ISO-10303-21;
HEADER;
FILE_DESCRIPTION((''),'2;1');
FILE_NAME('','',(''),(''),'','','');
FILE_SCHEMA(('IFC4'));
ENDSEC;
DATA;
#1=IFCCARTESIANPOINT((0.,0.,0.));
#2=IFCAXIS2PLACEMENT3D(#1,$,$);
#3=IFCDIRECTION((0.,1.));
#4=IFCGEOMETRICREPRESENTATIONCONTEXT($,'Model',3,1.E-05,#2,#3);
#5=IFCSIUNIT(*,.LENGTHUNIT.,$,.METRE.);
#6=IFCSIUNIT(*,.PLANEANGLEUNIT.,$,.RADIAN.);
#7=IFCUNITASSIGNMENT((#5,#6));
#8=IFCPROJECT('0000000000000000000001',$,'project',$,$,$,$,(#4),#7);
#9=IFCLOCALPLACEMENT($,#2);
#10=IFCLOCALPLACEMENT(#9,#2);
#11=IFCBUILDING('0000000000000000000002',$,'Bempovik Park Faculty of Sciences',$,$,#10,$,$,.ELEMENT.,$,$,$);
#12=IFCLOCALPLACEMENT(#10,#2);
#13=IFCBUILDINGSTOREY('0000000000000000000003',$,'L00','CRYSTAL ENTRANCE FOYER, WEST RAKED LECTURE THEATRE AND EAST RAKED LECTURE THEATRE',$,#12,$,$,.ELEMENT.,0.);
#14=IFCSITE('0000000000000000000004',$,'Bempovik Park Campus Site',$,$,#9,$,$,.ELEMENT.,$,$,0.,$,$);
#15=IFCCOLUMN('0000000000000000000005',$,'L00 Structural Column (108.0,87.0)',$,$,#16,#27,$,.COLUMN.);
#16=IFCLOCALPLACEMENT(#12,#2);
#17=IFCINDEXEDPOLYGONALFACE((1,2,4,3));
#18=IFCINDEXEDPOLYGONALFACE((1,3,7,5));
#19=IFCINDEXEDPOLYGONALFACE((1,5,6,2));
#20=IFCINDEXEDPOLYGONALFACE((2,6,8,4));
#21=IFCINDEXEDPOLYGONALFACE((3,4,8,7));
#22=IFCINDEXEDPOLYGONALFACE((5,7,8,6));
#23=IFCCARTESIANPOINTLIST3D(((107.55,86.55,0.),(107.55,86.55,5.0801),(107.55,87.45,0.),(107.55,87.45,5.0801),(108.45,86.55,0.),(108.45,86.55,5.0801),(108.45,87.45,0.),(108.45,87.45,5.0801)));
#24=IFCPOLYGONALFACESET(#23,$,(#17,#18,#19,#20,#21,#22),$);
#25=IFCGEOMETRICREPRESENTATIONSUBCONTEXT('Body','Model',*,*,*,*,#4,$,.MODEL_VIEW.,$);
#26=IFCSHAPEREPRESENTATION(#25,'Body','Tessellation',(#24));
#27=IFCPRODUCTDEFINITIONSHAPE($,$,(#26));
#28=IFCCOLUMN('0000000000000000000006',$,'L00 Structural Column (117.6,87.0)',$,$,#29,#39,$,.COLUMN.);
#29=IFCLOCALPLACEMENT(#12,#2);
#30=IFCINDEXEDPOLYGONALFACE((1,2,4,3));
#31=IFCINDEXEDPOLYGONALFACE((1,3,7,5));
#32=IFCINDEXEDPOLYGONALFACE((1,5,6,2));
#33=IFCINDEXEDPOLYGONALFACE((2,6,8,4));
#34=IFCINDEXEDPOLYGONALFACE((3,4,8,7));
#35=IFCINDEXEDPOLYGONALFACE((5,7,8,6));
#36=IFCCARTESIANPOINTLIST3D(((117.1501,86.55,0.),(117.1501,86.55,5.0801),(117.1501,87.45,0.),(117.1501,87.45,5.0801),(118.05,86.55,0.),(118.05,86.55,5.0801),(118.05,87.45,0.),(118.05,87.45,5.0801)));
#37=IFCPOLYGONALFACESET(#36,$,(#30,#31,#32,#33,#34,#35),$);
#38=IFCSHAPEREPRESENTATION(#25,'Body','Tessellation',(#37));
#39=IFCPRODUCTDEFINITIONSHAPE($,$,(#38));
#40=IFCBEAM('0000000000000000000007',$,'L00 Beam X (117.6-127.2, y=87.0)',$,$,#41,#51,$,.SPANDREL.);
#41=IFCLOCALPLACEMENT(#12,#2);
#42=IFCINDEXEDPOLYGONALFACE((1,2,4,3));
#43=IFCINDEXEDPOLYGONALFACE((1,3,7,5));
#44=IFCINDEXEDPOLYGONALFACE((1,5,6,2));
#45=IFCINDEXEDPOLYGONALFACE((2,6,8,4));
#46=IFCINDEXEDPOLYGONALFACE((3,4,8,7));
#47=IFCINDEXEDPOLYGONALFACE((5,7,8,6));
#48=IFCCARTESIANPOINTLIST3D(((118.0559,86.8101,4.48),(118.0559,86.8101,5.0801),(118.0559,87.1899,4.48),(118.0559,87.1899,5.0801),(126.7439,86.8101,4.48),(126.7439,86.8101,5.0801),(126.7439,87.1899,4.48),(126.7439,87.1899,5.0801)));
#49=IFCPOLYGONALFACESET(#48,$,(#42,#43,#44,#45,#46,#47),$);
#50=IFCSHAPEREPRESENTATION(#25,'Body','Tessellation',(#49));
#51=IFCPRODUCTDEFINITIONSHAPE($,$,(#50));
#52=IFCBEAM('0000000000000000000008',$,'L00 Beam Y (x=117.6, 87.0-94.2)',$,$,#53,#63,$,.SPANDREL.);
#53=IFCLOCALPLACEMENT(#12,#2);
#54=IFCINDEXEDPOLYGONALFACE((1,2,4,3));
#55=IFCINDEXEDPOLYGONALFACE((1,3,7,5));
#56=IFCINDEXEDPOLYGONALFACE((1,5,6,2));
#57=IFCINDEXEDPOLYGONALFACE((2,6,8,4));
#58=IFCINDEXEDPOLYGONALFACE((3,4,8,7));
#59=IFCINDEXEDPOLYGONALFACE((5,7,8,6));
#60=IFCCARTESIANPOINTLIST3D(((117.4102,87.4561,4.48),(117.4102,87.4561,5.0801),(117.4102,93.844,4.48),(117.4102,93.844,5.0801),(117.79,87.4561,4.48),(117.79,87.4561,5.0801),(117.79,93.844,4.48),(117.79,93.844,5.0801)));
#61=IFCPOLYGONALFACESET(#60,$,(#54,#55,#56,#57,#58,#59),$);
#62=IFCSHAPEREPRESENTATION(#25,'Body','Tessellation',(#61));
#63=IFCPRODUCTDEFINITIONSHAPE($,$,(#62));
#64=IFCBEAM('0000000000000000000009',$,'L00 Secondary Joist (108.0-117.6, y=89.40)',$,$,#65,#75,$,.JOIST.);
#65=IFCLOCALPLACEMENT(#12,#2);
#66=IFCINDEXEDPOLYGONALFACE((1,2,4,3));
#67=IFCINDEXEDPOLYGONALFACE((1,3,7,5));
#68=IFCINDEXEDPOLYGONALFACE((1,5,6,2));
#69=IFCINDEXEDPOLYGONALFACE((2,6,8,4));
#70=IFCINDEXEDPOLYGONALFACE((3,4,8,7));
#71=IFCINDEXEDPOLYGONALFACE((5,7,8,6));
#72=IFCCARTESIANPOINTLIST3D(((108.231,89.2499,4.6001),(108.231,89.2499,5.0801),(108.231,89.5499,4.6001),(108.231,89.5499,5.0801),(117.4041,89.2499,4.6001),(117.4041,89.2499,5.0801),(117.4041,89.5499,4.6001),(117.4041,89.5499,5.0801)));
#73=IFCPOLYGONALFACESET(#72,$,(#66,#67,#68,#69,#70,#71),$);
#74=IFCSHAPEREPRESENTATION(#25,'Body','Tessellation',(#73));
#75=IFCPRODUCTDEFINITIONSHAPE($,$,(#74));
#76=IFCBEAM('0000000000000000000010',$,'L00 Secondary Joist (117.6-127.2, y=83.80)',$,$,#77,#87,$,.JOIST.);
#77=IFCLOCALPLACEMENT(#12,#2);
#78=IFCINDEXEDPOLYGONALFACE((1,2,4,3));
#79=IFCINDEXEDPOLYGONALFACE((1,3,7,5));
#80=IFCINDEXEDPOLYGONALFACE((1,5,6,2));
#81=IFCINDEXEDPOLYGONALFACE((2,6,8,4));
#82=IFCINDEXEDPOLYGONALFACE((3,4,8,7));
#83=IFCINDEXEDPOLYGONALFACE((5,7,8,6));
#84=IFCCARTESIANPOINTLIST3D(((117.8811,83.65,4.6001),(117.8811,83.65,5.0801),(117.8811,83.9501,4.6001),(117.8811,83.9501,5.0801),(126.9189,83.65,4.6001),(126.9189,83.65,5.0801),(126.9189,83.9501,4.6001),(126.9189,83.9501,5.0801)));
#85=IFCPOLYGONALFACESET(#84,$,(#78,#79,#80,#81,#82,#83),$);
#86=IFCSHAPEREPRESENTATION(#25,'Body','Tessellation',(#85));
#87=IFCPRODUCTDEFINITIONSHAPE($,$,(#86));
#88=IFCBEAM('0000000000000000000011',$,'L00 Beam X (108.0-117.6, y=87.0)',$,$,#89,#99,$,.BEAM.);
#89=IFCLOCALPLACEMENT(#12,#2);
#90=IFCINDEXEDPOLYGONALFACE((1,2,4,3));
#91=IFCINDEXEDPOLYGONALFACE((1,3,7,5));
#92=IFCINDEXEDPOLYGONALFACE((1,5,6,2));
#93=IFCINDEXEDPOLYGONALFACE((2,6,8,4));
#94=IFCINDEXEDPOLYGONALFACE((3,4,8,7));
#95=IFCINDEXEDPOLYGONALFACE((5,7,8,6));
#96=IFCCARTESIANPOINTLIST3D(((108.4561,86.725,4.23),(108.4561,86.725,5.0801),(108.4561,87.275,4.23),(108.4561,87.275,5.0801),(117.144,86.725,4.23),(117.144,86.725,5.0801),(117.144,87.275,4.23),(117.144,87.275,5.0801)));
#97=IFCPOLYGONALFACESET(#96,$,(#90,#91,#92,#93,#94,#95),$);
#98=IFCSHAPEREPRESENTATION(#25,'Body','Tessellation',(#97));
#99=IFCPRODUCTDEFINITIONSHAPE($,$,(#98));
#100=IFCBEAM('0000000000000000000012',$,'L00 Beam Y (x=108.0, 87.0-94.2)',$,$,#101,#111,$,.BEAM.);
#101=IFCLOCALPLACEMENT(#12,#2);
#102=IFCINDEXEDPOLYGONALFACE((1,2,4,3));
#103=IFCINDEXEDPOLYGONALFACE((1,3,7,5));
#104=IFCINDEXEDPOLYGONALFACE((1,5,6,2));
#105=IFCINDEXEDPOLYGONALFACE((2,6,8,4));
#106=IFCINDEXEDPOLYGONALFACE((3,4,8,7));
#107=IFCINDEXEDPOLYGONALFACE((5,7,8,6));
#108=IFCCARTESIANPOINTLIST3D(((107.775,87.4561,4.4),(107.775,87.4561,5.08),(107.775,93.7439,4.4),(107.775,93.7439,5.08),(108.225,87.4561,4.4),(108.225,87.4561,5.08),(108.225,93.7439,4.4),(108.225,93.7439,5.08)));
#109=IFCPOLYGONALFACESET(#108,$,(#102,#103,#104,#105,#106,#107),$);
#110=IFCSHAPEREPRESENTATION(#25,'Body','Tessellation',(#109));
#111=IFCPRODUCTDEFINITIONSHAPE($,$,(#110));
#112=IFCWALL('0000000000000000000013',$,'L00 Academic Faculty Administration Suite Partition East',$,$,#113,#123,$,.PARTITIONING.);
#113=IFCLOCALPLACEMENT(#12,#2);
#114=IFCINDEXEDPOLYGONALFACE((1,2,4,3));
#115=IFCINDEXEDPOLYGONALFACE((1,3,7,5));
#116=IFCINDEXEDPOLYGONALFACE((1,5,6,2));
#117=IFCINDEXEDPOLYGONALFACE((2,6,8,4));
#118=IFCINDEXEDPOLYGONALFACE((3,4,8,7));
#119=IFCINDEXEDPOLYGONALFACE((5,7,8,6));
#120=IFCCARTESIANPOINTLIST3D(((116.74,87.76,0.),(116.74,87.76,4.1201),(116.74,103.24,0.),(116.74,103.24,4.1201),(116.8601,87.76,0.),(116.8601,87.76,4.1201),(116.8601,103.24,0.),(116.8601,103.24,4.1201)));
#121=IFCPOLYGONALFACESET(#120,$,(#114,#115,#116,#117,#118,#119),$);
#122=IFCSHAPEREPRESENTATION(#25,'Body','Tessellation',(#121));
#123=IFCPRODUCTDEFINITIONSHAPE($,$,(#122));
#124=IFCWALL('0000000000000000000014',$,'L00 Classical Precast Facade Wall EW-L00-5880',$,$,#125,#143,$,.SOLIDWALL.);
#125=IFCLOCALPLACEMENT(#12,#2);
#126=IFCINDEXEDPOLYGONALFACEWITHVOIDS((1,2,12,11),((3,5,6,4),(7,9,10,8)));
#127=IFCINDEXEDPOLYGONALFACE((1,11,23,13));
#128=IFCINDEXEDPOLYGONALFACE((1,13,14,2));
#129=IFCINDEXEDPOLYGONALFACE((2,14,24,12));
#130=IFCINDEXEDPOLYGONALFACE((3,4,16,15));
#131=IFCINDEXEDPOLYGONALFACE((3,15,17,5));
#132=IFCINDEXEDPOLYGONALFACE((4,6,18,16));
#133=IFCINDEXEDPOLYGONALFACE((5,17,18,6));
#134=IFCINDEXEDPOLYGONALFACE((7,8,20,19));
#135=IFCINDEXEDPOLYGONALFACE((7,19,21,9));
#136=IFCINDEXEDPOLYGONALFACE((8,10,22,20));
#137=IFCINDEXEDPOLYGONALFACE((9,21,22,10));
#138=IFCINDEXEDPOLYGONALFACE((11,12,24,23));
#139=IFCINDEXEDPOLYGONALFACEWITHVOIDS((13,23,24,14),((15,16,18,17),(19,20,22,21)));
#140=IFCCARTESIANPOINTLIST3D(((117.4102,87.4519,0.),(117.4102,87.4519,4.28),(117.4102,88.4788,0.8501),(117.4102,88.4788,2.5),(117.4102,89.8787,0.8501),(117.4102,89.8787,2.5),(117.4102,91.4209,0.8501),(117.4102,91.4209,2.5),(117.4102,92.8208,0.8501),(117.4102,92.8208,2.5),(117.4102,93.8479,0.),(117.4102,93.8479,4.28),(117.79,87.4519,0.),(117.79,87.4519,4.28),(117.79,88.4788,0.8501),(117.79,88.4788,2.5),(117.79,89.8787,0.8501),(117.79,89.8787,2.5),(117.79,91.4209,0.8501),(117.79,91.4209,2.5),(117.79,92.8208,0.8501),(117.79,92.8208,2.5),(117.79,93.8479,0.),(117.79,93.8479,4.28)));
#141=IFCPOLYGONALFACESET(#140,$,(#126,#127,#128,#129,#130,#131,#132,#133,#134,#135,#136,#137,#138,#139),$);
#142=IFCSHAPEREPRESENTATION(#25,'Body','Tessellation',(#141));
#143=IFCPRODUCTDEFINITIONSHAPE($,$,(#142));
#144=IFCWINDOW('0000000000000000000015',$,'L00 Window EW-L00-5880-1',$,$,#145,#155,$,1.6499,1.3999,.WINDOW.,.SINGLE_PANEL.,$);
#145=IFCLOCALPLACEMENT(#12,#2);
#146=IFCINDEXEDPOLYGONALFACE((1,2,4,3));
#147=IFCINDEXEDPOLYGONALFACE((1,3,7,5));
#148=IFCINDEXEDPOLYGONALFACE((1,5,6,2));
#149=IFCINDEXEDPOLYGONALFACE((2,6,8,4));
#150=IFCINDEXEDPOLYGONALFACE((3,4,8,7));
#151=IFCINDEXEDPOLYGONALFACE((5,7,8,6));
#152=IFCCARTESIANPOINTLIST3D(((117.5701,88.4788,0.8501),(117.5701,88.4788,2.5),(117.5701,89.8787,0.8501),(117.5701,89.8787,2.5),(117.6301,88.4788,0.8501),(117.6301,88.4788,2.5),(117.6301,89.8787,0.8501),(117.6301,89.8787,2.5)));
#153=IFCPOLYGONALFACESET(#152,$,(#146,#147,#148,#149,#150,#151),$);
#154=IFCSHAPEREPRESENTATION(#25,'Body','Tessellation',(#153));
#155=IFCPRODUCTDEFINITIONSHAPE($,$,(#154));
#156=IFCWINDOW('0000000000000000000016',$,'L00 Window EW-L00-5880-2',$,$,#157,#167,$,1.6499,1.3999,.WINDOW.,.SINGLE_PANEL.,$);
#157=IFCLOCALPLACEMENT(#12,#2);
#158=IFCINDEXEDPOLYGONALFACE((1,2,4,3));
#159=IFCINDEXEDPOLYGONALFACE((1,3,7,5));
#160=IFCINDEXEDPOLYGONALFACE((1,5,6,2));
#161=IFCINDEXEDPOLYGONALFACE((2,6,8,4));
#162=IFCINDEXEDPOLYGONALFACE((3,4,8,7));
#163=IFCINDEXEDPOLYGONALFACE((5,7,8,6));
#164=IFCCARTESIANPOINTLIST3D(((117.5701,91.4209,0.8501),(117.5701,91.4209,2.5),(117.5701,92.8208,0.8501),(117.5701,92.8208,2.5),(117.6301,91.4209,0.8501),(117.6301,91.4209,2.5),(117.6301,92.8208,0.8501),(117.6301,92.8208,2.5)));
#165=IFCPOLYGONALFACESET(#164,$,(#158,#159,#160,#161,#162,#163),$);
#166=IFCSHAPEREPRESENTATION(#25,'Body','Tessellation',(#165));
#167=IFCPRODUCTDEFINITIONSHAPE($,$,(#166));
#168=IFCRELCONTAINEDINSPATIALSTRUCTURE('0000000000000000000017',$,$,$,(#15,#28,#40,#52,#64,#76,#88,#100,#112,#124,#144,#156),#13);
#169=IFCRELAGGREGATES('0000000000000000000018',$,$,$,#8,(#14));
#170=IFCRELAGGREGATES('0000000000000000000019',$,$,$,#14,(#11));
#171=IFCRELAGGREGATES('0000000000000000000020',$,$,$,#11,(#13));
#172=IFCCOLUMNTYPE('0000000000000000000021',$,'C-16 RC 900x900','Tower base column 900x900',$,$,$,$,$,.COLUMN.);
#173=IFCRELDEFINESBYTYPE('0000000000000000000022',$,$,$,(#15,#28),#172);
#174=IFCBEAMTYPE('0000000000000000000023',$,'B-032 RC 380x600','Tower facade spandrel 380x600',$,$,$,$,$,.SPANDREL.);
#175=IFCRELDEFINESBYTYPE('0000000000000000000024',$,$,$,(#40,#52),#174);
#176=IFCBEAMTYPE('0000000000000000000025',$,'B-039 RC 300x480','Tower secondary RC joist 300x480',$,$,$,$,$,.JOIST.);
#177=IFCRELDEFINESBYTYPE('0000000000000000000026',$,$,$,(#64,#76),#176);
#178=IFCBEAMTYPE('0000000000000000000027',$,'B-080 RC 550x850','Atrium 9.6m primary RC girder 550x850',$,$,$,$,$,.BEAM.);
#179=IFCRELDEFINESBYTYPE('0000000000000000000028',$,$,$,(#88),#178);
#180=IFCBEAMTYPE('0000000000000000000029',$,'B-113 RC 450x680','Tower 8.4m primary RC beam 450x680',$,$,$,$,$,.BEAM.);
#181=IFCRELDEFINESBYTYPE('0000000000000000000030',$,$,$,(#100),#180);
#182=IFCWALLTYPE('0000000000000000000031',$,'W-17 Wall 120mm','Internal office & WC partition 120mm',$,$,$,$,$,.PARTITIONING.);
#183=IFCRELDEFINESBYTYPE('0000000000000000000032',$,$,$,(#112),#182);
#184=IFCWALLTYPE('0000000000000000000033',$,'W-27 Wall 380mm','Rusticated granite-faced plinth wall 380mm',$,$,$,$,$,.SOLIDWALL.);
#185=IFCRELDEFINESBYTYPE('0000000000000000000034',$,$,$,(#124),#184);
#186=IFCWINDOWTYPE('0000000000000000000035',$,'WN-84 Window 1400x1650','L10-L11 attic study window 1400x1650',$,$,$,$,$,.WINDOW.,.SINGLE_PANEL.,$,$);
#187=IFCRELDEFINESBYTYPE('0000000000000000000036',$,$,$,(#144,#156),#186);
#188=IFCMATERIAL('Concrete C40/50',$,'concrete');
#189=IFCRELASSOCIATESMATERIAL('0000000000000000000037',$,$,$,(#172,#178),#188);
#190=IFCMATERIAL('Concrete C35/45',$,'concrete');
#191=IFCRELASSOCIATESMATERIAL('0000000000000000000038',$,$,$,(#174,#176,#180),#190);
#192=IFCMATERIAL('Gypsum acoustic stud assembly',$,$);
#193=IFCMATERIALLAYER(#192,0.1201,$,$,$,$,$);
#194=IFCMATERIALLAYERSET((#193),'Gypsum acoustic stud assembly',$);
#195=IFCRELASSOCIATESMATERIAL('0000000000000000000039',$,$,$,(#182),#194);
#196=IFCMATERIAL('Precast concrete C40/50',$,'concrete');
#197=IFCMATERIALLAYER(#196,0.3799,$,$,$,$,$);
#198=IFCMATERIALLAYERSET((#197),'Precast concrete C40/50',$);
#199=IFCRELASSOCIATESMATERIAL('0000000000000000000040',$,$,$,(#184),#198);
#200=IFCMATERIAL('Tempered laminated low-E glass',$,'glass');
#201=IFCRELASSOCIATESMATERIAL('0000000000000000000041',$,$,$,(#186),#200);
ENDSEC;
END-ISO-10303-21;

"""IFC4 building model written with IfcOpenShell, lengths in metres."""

from ifc_helpers import new_model, si_unit, direction, frame, frame_2d, origin, origin_2d, place, context, subcontext, project, spatial, rectangle, extrude, material, layer, layer_set, material_profile, profile_set, type_object, element, fill, save


model = new_model("IFC4")

# Units and contexts
model_context = context("Model", 3, precision=1e-05, world=origin(), true_north=direction((0.0, 1.0)))
body_context = subcontext(model_context, "Body", "Model", "MODEL_VIEW")
ifc_project = project(units=[si_unit("LENGTHUNIT", "METRE"), si_unit("PLANEANGLEUNIT", "RADIAN")], contexts=[model_context])

# Site, building, storey
site_placement = place(None, origin())
site = spatial("IfcSite", under=ifc_project, at=site_placement, Name="Bempovik Park Campus Site", CompositionType="ELEMENT", RefElevation=0.0)
building_placement = place(site_placement, origin())
building = spatial("IfcBuilding", under=site, at=building_placement, Name="Bempovik Park Faculty of Sciences", CompositionType="ELEMENT")
storey_placement = place(building_placement, origin())
storey = spatial("IfcBuildingStorey", under=building, at=storey_placement, Name="L00", Description="CRYSTAL ENTRANCE FOYER, WEST RAKED LECTURE THEATRE AND EAST RAKED LECTURE THEATRE", CompositionType="ELEMENT", Elevation=0.0)

# Columns
ifc_material_1 = material(Name="Concrete C40/50", Category="concrete")
ifc_material_profile_1 = material_profile(ifc_material_1, rectangle(XDim=0.8999, YDim=0.8999, at=origin_2d()), Name="RC 900x900")
ifc_profile_set_1 = profile_set([ifc_material_profile_1], Name="Concrete C40/50")
column_type = type_object("IfcColumnType", Name="C-16 RC 900x900", Description="Tower base column 900x900", PredefinedType="COLUMN", material=ifc_profile_set_1)
for number, where, z_axis, x_axis, name in (
    (1, (108.0, 87.0, 0.0), (0.0, 0.0, 1.0), (1.0, 0.0, 0.0), "L00 Structural Column (108.0,87.0)"),
    (2, (117.6001, 87.0, 0.0), (0.0, 0.0, 1.0), (1.0, 0.0, 0.0), "L00 Structural Column (117.6,87.0)"),
):
    element("IfcColumn", number, at=place(storey_placement, frame(where, z_axis=z_axis, x_axis=x_axis)), inside=storey, type_object=column_type, Name=name, PredefinedType="COLUMN", context=body_context, shape_type="SweptSolid", body=[
        extrude(rectangle(XDim=0.8999, YDim=0.8999, at=origin_2d()), origin(), (0.0, 0.0, 1.0), 5.0801),
    ])

# Beams
ifc_material_2 = material(Name="Concrete C35/45", Category="concrete")
ifc_material_profile_2 = material_profile(ifc_material_2, rectangle(XDim=0.3799, YDim=0.6001, at=origin_2d()), Name="RC 380x600")
ifc_profile_set_2 = profile_set([ifc_material_profile_2], Name="Concrete C35/45")
beam_type_1 = type_object("IfcBeamType", Name="B-032 RC 380x600", Description="Tower facade spandrel 380x600", PredefinedType="SPANDREL", material=ifc_profile_set_2)
beam_1_placement = place(storey_placement, frame((118.0559, 87.0, 4.78), z_axis=(1.0, 0.0, 0.0), x_axis=(0.0, 1.0, 0.0)))
element("IfcBeam", 3, at=beam_1_placement, inside=storey, type_object=beam_type_1, Name="L00 Beam X (117.6-127.2, y=87.0)", PredefinedType="SPANDREL", context=body_context, shape_type="SweptSolid", body=[
    extrude(rectangle(XDim=0.3799, YDim=0.6001, at=origin_2d()), origin(), (0.0, 0.0, 1.0), 8.688),
])
beam_2_placement = place(storey_placement, frame((117.6001, 87.4561, 4.78), z_axis=(0.0, 1.0, 0.0), x_axis=(-1.0, 0.0, 0.0)))
element("IfcBeam", 4, at=beam_2_placement, inside=storey, type_object=beam_type_1, Name="L00 Beam Y (x=117.6, 87.0-94.2)", PredefinedType="SPANDREL", context=body_context, shape_type="SweptSolid", body=[
    extrude(rectangle(XDim=0.3799, YDim=0.6001, at=origin_2d()), origin(), (0.0, 0.0, 1.0), 6.3879),
])
ifc_material_profile_3 = material_profile(ifc_material_2, rectangle(XDim=0.3, YDim=0.48, at=origin_2d()), Name="RC 300x480")
ifc_profile_set_3 = profile_set([ifc_material_profile_3], Name="Concrete C35/45")
beam_type_2 = type_object("IfcBeamType", Name="B-039 RC 300x480", Description="Tower secondary RC joist 300x480", PredefinedType="JOIST", material=ifc_profile_set_3)
beam_3_placement = place(storey_placement, frame((108.231, 89.3999, 4.8401), z_axis=(1.0, 0.0, 0.0), x_axis=(0.0, 1.0, 0.0)))
element("IfcBeam", 5, at=beam_3_placement, inside=storey, type_object=beam_type_2, Name="L00 Secondary Joist (108.0-117.6, y=89.40)", PredefinedType="JOIST", context=body_context, shape_type="SweptSolid", body=[
    extrude(rectangle(XDim=0.3, YDim=0.48, at=origin_2d()), origin(), (0.0, 0.0, 1.0), 9.1731),
])
beam_4_placement = place(storey_placement, frame((117.8811, 83.8, 4.8401), z_axis=(1.0, 0.0, 0.0), x_axis=(0.0, 1.0, 0.0)))
element("IfcBeam", 6, at=beam_4_placement, inside=storey, type_object=beam_type_2, Name="L00 Secondary Joist (117.6-127.2, y=83.80)", PredefinedType="JOIST", context=body_context, shape_type="SweptSolid", body=[
    extrude(rectangle(XDim=0.3, YDim=0.48, at=origin_2d()), origin(), (0.0, 0.0, 1.0), 9.0378),
])
ifc_material_profile_4 = material_profile(ifc_material_1, rectangle(XDim=0.55, YDim=0.8501, at=origin_2d()), Name="RC 550x850")
ifc_profile_set_4 = profile_set([ifc_material_profile_4], Name="Concrete C40/50")
beam_type_3 = type_object("IfcBeamType", Name="B-080 RC 550x850", Description="Atrium 9.6m primary RC girder 550x850", PredefinedType="BEAM", material=ifc_profile_set_4)
beam_5_placement = place(storey_placement, frame((108.4561, 87.0, 4.655), z_axis=(1.0, 0.0, 0.0), x_axis=(0.0, 1.0, 0.0)))
element("IfcBeam", 7, at=beam_5_placement, inside=storey, type_object=beam_type_3, Name="L00 Beam X (108.0-117.6, y=87.0)", PredefinedType="BEAM", context=body_context, shape_type="SweptSolid", body=[
    extrude(rectangle(XDim=0.55, YDim=0.8501, at=origin_2d()), origin(), (0.0, 0.0, 1.0), 8.688),
])
ifc_material_profile_5 = material_profile(ifc_material_2, rectangle(XDim=0.45, YDim=0.6799, at=origin_2d()), Name="RC 450x680")
ifc_profile_set_5 = profile_set([ifc_material_profile_5], Name="Concrete C35/45")
beam_type_4 = type_object("IfcBeamType", Name="B-113 RC 450x680", Description="Tower 8.4m primary RC beam 450x680", PredefinedType="BEAM", material=ifc_profile_set_5)
beam_6_placement = place(storey_placement, frame((108.0, 87.4561, 4.74), z_axis=(0.0, 1.0, 0.0), x_axis=(-1.0, 0.0, 0.0)))
element("IfcBeam", 8, at=beam_6_placement, inside=storey, type_object=beam_type_4, Name="L00 Beam Y (x=108.0, 87.0-94.2)", PredefinedType="BEAM", context=body_context, shape_type="SweptSolid", body=[
    extrude(rectangle(XDim=0.45, YDim=0.6799, at=origin_2d()), origin(), (0.0, 0.0, 1.0), 6.2878),
])

# Wall
ifc_material_3 = material(Name="Gypsum acoustic stud assembly")
ifc_layer_1 = layer(ifc_material_3, 0.1201)
ifc_layer_set_1 = layer_set([ifc_layer_1], Name="Gypsum acoustic stud assembly")
wall_type_1 = type_object("IfcWallType", Name="W-17 Wall 120mm", Description="Internal office & WC partition 120mm", PredefinedType="PARTITIONING", material=ifc_layer_set_1)
wall_1_placement = place(storey_placement, frame((116.8, 87.76, 0.0), z_axis=(0.0, 0.0, 1.0), x_axis=(0.0, 1.0, 0.0)))
element("IfcWall", 9, at=wall_1_placement, inside=storey, type_object=wall_type_1, Name="L00 Academic Faculty Administration Suite Partition East", PredefinedType="PARTITIONING", context=body_context, shape_type="SweptSolid", body=[
    extrude(rectangle(XDim=15.48, YDim=0.1201, at=frame_2d((7.74, 0.0))), origin(), (0.0, 0.0, 1.0), 4.1201),
])

# Wall, openings, windows
ifc_material_4 = material(Name="Precast concrete C40/50", Category="concrete")
ifc_layer_2 = layer(ifc_material_4, 0.3799)
ifc_layer_set_2 = layer_set([ifc_layer_2], Name="Precast concrete C40/50")
wall_type_2 = type_object("IfcWallType", Name="W-27 Wall 380mm", Description="Rusticated granite-faced plinth wall 380mm", PredefinedType="SOLIDWALL", material=ifc_layer_set_2)
wall_2_placement = place(storey_placement, frame((117.6001, 87.4519, 0.0), z_axis=(0.0, 0.0, 1.0), x_axis=(0.0, 1.0, 0.0)))
wall_2 = element("IfcWall", 10, at=wall_2_placement, inside=storey, type_object=wall_type_2, Name="L00 Classical Precast Facade Wall EW-L00-5880", PredefinedType="SOLIDWALL", context=body_context, shape_type="SweptSolid", body=[
    extrude(rectangle(XDim=6.396, YDim=0.3799, at=frame_2d((3.198, 0.0))), origin(), (0.0, 0.0, 1.0), 4.28),
])
opening_1_placement = place(wall_2_placement, frame((1.0269, 0.0, 0.8501)))
opening_1 = element("IfcOpeningElement", 11, at=opening_1_placement, cuts=wall_2, PredefinedType="OPENING", context=body_context, shape_type="SweptSolid", body=[
    extrude(rectangle(XDim=1.3999, YDim=1.6499, at=frame_2d((0.7, 0.825))), frame((0.0, 0.2, 0.0), z_axis=(0.0, -1.0, 0.0), x_axis=(1.0, 0.0, 0.0)), (0.0, 0.0, 1.0), 0.3999),
])
opening_2_placement = place(wall_2_placement, frame((3.969, 0.0, 0.8501)))
opening_2 = element("IfcOpeningElement", 12, at=opening_2_placement, cuts=wall_2, PredefinedType="OPENING", context=body_context, shape_type="SweptSolid", body=[
    extrude(rectangle(XDim=1.3999, YDim=1.6499, at=frame_2d((0.7, 0.825))), frame((0.0, 0.2, 0.0), z_axis=(0.0, -1.0, 0.0), x_axis=(1.0, 0.0, 0.0)), (0.0, 0.0, 1.0), 0.3999),
])
ifc_material_5 = material(Name="Tempered laminated low-E glass", Category="glass")
window_type = type_object("IfcWindowType", Name="WN-84 Window 1400x1650", Description="L10-L11 attic study window 1400x1650", PartitioningType="SINGLE_PANEL", PredefinedType="WINDOW", material=ifc_material_5)
window_1_placement = place(opening_1_placement, origin())
window_1 = element("IfcWindow", 13, at=window_1_placement, inside=storey, type_object=window_type, Name="L00 Window EW-L00-5880-1", OverallHeight=1.6499, OverallWidth=1.3999, PartitioningType="SINGLE_PANEL", PredefinedType="WINDOW", context=body_context, shape_type="SweptSolid", body=[
    extrude(rectangle(XDim=1.3999, YDim=1.6499, at=frame_2d((0.7, 0.825))), frame((0.0, 0.03, 0.0), z_axis=(0.0, -1.0, 0.0), x_axis=(1.0, 0.0, 0.0)), (0.0, 0.0, 1.0), 0.0601),
])
fill(opening_1, window_1)
window_2_placement = place(opening_2_placement, origin())
window_2 = element("IfcWindow", 14, at=window_2_placement, inside=storey, type_object=window_type, Name="L00 Window EW-L00-5880-2", OverallHeight=1.6499, OverallWidth=1.3999, PartitioningType="SINGLE_PANEL", PredefinedType="WINDOW", context=body_context, shape_type="SweptSolid", body=[
    extrude(rectangle(XDim=1.3999, YDim=1.6499, at=frame_2d((0.7, 0.825))), frame((0.0, 0.03, 0.0), z_axis=(0.0, -1.0, 0.0), x_axis=(1.0, 0.0, 0.0)), (0.0, 0.0, 1.0), 0.0601),
])
fill(opening_2, window_2)

save(model, "model.ifc")
